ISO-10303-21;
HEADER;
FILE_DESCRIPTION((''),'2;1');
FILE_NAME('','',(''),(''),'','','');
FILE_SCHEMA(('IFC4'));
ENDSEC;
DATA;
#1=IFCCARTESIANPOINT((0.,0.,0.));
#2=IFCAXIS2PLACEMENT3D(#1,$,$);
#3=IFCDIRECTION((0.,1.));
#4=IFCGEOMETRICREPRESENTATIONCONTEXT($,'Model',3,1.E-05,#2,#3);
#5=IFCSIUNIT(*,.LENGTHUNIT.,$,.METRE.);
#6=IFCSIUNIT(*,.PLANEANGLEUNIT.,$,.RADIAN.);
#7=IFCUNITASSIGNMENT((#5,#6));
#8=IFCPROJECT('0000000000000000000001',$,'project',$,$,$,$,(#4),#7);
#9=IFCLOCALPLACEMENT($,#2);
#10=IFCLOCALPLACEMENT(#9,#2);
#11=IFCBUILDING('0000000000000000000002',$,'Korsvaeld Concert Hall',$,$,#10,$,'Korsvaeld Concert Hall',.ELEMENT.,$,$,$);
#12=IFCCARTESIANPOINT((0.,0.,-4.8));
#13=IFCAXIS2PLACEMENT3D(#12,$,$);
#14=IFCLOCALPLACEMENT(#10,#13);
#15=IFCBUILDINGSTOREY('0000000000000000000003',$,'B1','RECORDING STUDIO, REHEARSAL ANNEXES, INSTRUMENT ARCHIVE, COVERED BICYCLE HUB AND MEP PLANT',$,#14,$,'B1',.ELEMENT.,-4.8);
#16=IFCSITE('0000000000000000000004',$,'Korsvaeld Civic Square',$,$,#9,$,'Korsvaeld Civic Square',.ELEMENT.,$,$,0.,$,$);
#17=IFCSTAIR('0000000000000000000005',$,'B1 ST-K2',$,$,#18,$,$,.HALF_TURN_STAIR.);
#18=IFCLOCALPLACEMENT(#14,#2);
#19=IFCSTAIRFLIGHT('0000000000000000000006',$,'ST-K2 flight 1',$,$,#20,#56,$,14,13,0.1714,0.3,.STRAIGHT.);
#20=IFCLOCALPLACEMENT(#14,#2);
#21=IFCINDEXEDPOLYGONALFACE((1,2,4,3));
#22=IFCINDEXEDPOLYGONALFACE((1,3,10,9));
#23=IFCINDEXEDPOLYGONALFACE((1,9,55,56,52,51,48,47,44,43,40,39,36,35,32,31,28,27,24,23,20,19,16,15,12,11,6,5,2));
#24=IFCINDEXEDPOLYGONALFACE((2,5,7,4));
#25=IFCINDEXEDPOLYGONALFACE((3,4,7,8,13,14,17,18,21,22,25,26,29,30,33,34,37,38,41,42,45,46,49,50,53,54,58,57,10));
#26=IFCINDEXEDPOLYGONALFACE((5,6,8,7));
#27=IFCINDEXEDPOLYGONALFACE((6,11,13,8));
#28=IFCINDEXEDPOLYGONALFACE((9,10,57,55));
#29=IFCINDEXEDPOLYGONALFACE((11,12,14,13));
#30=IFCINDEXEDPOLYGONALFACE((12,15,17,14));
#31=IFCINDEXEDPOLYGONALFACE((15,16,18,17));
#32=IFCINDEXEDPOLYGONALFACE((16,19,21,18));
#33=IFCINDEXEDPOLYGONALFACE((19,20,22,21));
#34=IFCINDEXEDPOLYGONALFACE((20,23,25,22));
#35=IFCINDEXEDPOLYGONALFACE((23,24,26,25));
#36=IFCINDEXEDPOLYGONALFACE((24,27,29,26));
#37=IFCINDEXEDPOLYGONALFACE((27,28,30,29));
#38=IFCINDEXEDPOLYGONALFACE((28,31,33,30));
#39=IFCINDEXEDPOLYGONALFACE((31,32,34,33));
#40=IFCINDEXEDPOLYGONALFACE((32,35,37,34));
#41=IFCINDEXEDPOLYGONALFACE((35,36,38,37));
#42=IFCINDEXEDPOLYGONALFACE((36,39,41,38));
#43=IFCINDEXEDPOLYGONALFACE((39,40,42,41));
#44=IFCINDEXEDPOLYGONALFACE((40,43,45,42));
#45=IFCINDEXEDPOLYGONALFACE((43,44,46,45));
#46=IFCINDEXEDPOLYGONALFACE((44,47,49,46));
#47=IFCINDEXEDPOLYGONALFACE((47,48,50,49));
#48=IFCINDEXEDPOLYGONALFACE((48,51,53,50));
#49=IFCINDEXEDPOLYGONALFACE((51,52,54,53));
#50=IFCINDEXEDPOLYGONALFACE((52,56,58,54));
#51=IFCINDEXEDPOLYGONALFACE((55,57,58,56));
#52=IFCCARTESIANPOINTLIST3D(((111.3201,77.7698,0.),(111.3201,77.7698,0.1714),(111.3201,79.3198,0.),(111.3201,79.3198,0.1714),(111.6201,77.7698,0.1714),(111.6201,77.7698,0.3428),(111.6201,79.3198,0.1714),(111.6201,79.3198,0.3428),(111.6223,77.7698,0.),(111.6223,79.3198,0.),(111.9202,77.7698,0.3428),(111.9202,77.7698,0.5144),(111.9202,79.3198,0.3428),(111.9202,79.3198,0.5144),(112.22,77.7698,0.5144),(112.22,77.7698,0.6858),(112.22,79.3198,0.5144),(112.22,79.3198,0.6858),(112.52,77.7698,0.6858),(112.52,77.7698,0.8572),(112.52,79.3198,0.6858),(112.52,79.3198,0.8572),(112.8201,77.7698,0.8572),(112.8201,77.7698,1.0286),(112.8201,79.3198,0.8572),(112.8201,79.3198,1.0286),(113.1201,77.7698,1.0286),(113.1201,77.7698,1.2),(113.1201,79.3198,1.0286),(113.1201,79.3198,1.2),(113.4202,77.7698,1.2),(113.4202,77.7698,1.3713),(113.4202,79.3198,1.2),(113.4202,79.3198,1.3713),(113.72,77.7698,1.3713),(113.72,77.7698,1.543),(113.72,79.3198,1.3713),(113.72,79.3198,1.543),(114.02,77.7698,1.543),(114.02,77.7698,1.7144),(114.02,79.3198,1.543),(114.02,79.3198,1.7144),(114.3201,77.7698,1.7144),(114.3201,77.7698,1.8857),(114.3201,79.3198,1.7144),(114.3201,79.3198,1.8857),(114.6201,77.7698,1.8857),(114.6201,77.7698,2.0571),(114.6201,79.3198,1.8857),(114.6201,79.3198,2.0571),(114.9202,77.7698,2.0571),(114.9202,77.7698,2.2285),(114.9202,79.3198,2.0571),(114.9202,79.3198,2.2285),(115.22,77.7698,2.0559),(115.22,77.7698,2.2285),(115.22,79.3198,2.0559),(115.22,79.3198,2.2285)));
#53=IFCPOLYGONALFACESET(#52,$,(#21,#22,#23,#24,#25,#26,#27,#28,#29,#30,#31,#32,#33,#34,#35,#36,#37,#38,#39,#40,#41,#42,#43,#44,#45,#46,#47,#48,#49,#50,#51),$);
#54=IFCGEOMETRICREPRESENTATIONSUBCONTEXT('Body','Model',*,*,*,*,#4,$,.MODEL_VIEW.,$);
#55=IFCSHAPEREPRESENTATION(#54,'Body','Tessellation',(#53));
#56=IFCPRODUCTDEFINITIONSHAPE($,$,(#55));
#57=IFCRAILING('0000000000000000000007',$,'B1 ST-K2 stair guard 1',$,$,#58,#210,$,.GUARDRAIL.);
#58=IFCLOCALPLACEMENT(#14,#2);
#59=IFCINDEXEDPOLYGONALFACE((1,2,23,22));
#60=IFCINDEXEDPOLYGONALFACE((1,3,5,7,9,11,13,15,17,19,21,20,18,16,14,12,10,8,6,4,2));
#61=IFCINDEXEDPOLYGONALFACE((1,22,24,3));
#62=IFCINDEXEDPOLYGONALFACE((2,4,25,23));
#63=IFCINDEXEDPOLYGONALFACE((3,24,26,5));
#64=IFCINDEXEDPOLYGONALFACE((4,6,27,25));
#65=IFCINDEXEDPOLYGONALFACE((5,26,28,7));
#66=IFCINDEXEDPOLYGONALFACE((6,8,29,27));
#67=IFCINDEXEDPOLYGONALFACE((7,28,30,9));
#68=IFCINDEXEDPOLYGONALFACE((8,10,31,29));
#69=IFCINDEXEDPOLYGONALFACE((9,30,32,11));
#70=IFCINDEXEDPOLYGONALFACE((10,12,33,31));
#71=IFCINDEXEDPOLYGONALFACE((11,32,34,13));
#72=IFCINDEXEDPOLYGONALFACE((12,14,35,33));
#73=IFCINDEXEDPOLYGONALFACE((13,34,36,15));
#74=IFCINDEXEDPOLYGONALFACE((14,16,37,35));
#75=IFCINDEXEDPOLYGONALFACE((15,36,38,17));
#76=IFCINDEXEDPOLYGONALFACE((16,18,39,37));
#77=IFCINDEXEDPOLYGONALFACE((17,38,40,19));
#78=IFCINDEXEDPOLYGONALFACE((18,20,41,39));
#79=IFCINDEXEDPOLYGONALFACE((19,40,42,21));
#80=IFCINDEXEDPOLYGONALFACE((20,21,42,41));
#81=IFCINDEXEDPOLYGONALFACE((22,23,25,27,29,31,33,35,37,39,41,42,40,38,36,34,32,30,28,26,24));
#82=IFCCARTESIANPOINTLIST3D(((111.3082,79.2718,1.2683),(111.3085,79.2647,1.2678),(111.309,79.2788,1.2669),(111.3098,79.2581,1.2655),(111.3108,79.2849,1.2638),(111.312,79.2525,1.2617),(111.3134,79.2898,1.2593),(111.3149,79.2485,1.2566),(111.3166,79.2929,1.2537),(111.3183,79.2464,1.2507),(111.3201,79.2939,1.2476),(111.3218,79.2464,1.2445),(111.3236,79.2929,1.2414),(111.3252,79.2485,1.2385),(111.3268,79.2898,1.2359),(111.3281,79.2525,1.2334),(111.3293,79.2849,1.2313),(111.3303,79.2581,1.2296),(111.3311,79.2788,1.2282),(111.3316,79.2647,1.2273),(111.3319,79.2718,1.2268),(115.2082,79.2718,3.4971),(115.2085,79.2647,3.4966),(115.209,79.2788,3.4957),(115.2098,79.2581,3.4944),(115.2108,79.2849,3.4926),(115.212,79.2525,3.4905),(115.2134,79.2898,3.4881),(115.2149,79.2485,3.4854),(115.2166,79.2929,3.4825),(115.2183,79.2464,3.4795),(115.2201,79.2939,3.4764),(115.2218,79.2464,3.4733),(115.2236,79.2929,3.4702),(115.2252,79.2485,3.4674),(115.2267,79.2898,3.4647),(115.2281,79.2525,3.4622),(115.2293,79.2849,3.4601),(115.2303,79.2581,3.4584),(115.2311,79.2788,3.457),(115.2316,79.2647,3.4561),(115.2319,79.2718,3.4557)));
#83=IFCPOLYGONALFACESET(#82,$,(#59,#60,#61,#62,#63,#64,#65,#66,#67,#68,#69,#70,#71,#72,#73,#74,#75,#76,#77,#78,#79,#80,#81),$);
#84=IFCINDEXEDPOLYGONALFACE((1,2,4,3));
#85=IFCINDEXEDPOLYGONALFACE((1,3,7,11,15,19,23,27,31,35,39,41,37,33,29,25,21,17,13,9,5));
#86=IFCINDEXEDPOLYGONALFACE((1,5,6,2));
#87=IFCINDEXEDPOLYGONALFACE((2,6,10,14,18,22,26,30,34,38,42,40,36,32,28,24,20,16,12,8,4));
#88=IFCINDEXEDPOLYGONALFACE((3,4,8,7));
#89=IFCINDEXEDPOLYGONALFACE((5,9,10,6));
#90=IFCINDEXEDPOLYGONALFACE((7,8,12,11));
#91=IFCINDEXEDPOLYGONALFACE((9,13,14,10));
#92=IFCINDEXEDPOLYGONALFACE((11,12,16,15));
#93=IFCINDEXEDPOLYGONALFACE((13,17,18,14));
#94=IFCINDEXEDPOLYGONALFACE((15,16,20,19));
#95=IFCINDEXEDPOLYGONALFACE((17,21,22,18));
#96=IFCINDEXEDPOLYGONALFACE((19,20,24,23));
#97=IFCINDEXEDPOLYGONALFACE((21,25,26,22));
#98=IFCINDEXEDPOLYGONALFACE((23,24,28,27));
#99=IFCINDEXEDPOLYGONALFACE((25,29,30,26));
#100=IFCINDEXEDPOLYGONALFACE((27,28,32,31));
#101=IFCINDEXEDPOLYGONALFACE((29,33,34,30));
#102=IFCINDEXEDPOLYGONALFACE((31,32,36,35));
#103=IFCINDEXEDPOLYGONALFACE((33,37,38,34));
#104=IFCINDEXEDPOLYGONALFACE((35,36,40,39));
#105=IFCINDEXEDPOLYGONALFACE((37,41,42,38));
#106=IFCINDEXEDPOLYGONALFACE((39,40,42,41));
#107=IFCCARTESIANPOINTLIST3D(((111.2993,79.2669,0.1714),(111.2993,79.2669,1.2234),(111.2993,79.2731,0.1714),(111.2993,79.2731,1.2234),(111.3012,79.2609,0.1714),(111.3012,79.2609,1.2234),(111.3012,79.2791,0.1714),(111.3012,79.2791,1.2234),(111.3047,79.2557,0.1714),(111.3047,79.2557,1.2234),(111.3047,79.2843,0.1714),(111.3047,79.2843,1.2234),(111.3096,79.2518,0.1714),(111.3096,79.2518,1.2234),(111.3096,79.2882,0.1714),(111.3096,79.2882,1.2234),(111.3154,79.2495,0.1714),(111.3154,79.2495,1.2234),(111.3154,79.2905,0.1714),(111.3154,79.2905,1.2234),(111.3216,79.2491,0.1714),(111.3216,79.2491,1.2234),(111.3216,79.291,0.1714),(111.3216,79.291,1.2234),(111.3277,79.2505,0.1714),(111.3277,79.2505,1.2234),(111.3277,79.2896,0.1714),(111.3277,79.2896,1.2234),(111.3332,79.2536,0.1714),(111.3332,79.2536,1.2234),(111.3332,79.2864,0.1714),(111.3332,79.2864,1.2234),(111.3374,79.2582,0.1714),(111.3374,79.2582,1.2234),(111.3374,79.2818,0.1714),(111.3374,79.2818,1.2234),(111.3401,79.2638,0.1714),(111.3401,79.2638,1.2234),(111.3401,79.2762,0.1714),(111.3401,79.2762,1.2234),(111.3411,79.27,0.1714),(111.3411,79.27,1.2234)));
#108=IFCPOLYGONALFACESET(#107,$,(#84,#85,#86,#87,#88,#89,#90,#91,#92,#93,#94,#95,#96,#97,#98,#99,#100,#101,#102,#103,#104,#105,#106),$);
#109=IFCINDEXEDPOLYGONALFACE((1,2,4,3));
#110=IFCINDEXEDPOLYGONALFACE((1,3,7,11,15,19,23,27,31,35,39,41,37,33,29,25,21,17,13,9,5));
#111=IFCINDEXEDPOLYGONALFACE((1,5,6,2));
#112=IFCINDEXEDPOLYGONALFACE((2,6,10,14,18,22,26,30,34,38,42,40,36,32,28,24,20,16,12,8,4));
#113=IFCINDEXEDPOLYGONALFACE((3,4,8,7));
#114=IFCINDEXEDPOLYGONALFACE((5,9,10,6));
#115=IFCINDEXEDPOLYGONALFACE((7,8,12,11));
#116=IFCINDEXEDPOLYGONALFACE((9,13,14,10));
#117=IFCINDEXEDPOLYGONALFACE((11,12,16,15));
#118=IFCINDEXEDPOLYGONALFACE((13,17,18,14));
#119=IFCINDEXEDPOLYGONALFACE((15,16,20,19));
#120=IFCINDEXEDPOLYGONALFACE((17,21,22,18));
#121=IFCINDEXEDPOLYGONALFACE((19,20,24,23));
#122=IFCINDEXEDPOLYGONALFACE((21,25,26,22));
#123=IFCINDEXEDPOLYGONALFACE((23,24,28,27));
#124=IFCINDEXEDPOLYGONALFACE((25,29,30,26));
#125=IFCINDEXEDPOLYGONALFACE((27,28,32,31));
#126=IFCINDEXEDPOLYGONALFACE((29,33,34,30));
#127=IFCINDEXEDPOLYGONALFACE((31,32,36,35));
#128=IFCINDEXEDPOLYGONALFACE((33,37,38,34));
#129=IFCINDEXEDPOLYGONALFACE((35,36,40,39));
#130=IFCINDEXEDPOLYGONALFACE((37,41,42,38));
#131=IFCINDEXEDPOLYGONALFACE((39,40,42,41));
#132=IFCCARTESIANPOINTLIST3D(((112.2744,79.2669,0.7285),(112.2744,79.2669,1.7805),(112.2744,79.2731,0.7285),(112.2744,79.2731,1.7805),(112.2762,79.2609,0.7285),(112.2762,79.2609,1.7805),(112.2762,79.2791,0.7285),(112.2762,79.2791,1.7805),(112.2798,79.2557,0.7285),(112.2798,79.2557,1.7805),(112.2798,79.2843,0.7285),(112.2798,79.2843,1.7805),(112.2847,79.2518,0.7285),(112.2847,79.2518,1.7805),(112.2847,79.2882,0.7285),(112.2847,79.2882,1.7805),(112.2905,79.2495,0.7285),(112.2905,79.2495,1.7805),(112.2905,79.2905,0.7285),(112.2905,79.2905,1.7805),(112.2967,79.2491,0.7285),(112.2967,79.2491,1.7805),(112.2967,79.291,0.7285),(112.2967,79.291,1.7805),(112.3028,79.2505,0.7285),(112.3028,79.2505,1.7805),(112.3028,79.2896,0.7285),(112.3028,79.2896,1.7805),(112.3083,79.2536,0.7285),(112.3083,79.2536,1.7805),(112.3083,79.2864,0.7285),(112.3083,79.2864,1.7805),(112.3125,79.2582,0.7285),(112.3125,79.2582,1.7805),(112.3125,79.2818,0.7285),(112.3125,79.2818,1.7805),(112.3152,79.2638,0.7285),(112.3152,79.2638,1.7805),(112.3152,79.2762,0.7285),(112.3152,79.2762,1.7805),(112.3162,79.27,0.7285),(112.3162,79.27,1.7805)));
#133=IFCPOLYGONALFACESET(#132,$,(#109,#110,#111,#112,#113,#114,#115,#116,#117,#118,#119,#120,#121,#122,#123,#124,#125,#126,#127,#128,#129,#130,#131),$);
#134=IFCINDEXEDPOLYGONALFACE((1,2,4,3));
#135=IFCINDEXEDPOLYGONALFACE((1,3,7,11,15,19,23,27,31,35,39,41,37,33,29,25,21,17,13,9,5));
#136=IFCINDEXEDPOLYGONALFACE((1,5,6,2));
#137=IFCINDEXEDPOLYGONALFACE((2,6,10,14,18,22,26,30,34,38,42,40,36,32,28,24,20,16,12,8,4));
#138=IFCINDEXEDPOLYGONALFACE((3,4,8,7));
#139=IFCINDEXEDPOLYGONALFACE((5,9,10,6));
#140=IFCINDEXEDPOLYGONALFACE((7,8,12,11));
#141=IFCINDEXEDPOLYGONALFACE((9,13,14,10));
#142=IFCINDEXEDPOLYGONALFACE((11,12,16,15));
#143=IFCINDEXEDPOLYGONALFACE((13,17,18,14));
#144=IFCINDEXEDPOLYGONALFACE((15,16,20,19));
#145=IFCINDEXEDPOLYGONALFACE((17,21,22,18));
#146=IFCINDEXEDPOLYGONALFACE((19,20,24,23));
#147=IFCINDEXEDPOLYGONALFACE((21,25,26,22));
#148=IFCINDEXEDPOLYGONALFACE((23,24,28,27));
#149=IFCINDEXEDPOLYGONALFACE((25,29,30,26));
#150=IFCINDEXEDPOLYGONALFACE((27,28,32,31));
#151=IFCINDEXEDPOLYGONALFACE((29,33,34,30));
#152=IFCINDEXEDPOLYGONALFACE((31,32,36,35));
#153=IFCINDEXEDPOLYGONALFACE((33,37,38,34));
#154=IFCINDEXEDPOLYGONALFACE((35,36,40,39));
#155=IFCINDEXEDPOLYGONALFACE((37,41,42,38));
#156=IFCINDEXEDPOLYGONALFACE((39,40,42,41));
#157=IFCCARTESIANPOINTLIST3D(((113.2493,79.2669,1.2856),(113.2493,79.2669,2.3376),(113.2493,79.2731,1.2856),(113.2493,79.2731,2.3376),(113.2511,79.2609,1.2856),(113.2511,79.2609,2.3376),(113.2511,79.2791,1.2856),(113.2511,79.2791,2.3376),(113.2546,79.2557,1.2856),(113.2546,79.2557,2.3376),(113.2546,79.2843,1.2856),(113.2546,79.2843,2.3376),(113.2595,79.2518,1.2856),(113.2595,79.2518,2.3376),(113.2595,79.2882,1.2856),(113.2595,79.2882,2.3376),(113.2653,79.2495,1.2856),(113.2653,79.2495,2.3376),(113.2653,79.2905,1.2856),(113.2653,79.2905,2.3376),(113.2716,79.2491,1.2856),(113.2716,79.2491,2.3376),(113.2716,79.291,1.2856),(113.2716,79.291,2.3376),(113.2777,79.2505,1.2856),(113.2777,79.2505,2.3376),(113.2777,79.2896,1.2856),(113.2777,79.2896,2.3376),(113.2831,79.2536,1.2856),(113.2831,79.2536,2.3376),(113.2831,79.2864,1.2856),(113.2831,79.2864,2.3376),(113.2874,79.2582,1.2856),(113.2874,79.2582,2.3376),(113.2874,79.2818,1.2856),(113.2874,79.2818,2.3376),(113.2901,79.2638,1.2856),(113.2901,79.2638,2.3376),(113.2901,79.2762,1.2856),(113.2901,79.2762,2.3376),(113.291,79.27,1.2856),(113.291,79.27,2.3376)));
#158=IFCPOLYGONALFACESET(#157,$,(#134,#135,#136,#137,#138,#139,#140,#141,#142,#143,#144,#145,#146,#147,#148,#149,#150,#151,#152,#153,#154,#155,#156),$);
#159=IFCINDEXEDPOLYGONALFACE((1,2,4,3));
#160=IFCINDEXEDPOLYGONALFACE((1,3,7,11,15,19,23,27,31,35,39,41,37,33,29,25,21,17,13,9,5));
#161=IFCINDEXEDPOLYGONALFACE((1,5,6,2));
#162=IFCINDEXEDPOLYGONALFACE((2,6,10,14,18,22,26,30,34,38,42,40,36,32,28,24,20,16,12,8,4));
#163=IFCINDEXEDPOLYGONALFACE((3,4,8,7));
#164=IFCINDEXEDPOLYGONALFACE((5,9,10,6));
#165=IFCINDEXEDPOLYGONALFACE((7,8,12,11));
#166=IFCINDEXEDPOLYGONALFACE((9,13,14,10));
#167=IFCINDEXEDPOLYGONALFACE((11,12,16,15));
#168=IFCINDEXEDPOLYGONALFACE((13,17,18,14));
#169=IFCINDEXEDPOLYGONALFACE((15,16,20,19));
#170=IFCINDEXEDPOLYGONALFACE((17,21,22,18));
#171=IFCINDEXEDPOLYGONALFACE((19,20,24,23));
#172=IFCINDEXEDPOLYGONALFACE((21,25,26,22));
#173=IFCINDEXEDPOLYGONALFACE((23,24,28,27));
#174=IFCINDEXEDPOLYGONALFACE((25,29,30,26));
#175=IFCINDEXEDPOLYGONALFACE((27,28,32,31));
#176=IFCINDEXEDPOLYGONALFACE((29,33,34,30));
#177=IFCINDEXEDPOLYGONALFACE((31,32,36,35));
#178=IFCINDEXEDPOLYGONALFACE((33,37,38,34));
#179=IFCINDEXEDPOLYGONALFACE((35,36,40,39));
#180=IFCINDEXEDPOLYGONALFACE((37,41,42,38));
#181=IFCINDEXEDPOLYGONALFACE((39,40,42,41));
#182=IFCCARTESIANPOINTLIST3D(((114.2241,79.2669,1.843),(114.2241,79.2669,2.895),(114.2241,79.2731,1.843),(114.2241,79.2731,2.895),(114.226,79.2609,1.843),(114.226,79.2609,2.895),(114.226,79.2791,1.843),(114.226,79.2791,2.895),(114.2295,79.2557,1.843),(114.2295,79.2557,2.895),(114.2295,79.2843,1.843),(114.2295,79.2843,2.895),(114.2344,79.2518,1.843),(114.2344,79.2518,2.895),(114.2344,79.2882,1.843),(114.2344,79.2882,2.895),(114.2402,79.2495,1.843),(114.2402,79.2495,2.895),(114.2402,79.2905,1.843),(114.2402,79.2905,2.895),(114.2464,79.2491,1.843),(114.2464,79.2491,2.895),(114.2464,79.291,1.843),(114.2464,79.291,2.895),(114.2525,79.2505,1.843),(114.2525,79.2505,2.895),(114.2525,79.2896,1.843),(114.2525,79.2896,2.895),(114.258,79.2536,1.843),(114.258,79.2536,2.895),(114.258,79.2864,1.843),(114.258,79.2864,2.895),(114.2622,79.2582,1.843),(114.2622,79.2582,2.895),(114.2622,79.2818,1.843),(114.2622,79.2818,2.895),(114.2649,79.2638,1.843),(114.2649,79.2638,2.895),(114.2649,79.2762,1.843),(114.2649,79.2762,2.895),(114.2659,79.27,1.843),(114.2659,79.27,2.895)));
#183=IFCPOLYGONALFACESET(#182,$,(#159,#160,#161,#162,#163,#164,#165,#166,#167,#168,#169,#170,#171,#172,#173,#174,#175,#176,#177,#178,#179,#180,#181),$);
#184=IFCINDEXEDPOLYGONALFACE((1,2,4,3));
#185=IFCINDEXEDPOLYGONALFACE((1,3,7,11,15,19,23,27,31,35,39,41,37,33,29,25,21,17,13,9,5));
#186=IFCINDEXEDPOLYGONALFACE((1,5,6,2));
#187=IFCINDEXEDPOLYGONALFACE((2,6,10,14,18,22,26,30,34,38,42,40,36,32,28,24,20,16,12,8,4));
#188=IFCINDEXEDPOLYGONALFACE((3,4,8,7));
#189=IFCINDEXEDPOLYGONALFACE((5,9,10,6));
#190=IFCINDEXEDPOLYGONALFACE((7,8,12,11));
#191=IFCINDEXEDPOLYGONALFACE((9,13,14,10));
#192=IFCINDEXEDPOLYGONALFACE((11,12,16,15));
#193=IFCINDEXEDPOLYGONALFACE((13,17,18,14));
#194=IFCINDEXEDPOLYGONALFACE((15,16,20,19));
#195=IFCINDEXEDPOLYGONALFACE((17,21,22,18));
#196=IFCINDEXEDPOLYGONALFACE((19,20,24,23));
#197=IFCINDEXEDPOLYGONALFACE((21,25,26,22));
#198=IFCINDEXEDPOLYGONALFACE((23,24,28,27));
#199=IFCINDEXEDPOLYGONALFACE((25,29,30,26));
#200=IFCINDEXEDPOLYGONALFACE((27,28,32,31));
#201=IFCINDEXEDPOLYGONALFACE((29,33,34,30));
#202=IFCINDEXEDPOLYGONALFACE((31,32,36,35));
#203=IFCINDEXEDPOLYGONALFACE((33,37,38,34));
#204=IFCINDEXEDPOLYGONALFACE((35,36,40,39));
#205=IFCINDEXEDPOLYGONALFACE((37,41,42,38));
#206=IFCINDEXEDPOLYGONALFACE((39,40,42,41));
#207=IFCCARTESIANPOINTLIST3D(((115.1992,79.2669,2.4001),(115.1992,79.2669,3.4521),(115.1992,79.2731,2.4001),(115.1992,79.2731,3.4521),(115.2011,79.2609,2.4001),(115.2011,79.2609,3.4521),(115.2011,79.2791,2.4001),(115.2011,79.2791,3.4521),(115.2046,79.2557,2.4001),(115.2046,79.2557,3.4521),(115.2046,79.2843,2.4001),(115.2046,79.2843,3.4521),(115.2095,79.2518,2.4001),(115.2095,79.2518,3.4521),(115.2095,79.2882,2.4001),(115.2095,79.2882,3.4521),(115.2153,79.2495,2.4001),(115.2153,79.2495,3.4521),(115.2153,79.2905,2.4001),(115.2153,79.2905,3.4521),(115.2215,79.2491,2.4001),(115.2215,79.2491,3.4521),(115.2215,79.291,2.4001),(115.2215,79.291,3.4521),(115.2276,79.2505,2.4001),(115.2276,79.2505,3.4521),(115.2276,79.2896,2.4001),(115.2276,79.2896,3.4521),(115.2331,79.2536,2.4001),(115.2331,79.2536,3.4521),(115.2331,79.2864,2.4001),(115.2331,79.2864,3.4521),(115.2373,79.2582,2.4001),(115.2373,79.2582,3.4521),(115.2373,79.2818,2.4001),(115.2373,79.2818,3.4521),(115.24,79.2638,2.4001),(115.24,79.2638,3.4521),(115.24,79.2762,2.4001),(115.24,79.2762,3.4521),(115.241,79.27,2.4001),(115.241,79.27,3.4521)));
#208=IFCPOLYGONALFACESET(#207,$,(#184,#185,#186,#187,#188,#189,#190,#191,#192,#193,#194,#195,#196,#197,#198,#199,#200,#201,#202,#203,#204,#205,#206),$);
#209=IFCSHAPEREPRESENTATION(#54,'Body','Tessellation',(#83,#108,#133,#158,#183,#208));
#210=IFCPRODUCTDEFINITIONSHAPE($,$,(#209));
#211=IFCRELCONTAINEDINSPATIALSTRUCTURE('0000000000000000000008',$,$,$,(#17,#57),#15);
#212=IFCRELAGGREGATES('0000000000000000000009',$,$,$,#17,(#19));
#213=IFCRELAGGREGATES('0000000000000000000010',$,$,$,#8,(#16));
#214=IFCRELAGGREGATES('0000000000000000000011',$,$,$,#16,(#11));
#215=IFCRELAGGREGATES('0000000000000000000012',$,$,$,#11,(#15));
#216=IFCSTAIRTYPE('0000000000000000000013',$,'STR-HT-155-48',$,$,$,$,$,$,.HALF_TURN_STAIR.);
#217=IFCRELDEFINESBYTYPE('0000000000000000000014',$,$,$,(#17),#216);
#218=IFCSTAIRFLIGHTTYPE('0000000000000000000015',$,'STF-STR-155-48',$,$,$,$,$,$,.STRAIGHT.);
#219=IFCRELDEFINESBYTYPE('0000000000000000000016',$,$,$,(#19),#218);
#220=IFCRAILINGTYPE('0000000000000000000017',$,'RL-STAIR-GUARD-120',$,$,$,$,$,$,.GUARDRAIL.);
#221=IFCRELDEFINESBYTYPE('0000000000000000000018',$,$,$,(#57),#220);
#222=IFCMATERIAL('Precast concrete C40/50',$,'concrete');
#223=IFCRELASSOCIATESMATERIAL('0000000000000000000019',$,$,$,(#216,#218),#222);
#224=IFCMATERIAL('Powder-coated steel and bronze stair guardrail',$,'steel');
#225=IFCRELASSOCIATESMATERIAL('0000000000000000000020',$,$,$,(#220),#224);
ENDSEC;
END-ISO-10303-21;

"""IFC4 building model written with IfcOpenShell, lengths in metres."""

from ifc_helpers import new_model, si_unit, direction, frame, origin, origin_2d, place, context, subcontext, project, spatial, polyline, circle, outline, extrude, material, type_object, element, aggregate, save


model = new_model("IFC4")

# Units and contexts
model_context = context("Model", 3, precision=1e-05, world=origin(), true_north=direction((0.0, 1.0)))
body_context = subcontext(model_context, "Body", "Model", "MODEL_VIEW")
ifc_project = project(units=[si_unit("LENGTHUNIT", "METRE"), si_unit("PLANEANGLEUNIT", "RADIAN")], contexts=[model_context])

# Site, building, storey
site_placement = place(None, origin())
site = spatial("IfcSite", under=ifc_project, at=site_placement, Name="Korsvaeld Civic Square", LongName="Korsvaeld Civic Square", CompositionType="ELEMENT", RefElevation=0.0)
building_placement = place(site_placement, origin())
building = spatial("IfcBuilding", under=site, at=building_placement, Name="Korsvaeld Concert Hall", LongName="Korsvaeld Concert Hall", CompositionType="ELEMENT")
storey_placement = place(building_placement, frame((0.0, 0.0, -4.8)))
storey = spatial("IfcBuildingStorey", under=building, at=storey_placement, Name="B1", Description="RECORDING STUDIO, REHEARSAL ANNEXES, INSTRUMENT ARCHIVE, COVERED BICYCLE HUB AND MEP PLANT", LongName="B1", CompositionType="ELEMENT", Elevation=-4.8)

# Stair, stair flight
ifc_material_1 = material(Name="Precast concrete C40/50", Category="concrete")
stair_type = type_object("IfcStairType", Name="STR-HT-155-48", PredefinedType="HALF_TURN_STAIR", material=ifc_material_1)
stair_placement = place(storey_placement, origin())
stair = element("IfcStair", 1, at=stair_placement, inside=storey, type_object=stair_type, Name="B1 ST-K2", PredefinedType="HALF_TURN_STAIR")
stair_flight_type = type_object("IfcStairFlightType", Name="STF-STR-155-48", PredefinedType="STRAIGHT", material=ifc_material_1)
stair_flight_placement = place(storey_placement, frame((111.3201, 78.5449, 0.0), z_axis=(0.0, 0.0, 1.0), x_axis=(1.0, 0.0, 0.0)))
stair_flight = element("IfcStairFlight", 2, at=stair_flight_placement, type_object=stair_flight_type, Name="ST-K2 flight 1", NumberOfRisers=14, NumberOfTreads=13, PredefinedType="STRAIGHT", RiserHeight=0.1714, TreadLength=0.3, context=body_context, shape_type="SweptSolid", body=[
    extrude(outline(polyline([(0.0, 0.0), (0.0, 0.1714), (0.3, 0.1714), (0.3, 0.3428), (0.6001, 0.3428), (0.6001, 0.5144), (0.8999, 0.5144), (0.8999, 0.6858), (1.2, 0.6858), (1.2, 0.8572), (1.5, 0.8572), (1.5, 1.0286), (1.8, 1.0286), (1.8, 1.2), (2.1001, 1.2), (2.1001, 1.3713), (2.3999, 1.3713), (2.3999, 1.543), (2.7, 1.543), (2.7, 1.7144), (3.0, 1.7144), (3.0, 1.8857), (3.3, 1.8857), (3.3, 2.0571), (3.6001, 2.0571), (3.6001, 2.2285), (3.8999, 2.2285), (3.8999, 2.3999), (3.8999, 2.0559), (0.3022, 0.0), (0.0, 0.0)])), frame((0.0, 0.7749, 0.0), z_axis=(0.0, -1.0, 0.0), x_axis=(1.0, 0.0, 0.0)), (0.0, 0.0, 1.0), 1.55),
])
aggregate(stair, [stair_flight])

# Railing
ifc_material_2 = material(Name="Powder-coated steel and bronze stair guardrail", Category="steel")
railing_type_1 = type_object("IfcRailingType", Name="RL-STAIR-GUARD-120", PredefinedType="GUARDRAIL", material=ifc_material_2)
railing_1_placement = place(storey_placement, frame((111.3201, 79.27, 0.1714)))
element("IfcRailing", 3, at=railing_1_placement, inside=storey, type_object=railing_type_1, Name="B1 ST-K2 stair guard 1", PredefinedType="GUARDRAIL", context=body_context, shape_type="SweptSolid", body=[
    extrude(circle(Radius=0.0239, at=origin_2d()), frame((0.0, 0.0, 1.0762), z_axis=(0.86822, 0.0, 0.49618), x_axis=(0.0, 1.0, 0.0)), (0.0, 0.0, 1.0), 4.4919),
    extrude(circle(Radius=0.021, at=origin_2d()), origin(), (0.0, 0.0, 1.0), 1.052),
    extrude(circle(Radius=0.021, at=origin_2d()), frame((0.9751, 0.0, 0.5571)), (0.0, 0.0, 1.0), 1.052),
    extrude(circle(Radius=0.021, at=origin_2d()), frame((1.95, 0.0, 1.1143)), (0.0, 0.0, 1.0), 1.052),
    extrude(circle(Radius=0.021, at=origin_2d()), frame((2.9248, 0.0, 1.6716)), (0.0, 0.0, 1.0), 1.052),
    extrude(circle(Radius=0.021, at=origin_2d()), frame((3.8999, 0.0, 2.2288)), (0.0, 0.0, 1.0), 1.052),
])

save(model, "model.ifc")
